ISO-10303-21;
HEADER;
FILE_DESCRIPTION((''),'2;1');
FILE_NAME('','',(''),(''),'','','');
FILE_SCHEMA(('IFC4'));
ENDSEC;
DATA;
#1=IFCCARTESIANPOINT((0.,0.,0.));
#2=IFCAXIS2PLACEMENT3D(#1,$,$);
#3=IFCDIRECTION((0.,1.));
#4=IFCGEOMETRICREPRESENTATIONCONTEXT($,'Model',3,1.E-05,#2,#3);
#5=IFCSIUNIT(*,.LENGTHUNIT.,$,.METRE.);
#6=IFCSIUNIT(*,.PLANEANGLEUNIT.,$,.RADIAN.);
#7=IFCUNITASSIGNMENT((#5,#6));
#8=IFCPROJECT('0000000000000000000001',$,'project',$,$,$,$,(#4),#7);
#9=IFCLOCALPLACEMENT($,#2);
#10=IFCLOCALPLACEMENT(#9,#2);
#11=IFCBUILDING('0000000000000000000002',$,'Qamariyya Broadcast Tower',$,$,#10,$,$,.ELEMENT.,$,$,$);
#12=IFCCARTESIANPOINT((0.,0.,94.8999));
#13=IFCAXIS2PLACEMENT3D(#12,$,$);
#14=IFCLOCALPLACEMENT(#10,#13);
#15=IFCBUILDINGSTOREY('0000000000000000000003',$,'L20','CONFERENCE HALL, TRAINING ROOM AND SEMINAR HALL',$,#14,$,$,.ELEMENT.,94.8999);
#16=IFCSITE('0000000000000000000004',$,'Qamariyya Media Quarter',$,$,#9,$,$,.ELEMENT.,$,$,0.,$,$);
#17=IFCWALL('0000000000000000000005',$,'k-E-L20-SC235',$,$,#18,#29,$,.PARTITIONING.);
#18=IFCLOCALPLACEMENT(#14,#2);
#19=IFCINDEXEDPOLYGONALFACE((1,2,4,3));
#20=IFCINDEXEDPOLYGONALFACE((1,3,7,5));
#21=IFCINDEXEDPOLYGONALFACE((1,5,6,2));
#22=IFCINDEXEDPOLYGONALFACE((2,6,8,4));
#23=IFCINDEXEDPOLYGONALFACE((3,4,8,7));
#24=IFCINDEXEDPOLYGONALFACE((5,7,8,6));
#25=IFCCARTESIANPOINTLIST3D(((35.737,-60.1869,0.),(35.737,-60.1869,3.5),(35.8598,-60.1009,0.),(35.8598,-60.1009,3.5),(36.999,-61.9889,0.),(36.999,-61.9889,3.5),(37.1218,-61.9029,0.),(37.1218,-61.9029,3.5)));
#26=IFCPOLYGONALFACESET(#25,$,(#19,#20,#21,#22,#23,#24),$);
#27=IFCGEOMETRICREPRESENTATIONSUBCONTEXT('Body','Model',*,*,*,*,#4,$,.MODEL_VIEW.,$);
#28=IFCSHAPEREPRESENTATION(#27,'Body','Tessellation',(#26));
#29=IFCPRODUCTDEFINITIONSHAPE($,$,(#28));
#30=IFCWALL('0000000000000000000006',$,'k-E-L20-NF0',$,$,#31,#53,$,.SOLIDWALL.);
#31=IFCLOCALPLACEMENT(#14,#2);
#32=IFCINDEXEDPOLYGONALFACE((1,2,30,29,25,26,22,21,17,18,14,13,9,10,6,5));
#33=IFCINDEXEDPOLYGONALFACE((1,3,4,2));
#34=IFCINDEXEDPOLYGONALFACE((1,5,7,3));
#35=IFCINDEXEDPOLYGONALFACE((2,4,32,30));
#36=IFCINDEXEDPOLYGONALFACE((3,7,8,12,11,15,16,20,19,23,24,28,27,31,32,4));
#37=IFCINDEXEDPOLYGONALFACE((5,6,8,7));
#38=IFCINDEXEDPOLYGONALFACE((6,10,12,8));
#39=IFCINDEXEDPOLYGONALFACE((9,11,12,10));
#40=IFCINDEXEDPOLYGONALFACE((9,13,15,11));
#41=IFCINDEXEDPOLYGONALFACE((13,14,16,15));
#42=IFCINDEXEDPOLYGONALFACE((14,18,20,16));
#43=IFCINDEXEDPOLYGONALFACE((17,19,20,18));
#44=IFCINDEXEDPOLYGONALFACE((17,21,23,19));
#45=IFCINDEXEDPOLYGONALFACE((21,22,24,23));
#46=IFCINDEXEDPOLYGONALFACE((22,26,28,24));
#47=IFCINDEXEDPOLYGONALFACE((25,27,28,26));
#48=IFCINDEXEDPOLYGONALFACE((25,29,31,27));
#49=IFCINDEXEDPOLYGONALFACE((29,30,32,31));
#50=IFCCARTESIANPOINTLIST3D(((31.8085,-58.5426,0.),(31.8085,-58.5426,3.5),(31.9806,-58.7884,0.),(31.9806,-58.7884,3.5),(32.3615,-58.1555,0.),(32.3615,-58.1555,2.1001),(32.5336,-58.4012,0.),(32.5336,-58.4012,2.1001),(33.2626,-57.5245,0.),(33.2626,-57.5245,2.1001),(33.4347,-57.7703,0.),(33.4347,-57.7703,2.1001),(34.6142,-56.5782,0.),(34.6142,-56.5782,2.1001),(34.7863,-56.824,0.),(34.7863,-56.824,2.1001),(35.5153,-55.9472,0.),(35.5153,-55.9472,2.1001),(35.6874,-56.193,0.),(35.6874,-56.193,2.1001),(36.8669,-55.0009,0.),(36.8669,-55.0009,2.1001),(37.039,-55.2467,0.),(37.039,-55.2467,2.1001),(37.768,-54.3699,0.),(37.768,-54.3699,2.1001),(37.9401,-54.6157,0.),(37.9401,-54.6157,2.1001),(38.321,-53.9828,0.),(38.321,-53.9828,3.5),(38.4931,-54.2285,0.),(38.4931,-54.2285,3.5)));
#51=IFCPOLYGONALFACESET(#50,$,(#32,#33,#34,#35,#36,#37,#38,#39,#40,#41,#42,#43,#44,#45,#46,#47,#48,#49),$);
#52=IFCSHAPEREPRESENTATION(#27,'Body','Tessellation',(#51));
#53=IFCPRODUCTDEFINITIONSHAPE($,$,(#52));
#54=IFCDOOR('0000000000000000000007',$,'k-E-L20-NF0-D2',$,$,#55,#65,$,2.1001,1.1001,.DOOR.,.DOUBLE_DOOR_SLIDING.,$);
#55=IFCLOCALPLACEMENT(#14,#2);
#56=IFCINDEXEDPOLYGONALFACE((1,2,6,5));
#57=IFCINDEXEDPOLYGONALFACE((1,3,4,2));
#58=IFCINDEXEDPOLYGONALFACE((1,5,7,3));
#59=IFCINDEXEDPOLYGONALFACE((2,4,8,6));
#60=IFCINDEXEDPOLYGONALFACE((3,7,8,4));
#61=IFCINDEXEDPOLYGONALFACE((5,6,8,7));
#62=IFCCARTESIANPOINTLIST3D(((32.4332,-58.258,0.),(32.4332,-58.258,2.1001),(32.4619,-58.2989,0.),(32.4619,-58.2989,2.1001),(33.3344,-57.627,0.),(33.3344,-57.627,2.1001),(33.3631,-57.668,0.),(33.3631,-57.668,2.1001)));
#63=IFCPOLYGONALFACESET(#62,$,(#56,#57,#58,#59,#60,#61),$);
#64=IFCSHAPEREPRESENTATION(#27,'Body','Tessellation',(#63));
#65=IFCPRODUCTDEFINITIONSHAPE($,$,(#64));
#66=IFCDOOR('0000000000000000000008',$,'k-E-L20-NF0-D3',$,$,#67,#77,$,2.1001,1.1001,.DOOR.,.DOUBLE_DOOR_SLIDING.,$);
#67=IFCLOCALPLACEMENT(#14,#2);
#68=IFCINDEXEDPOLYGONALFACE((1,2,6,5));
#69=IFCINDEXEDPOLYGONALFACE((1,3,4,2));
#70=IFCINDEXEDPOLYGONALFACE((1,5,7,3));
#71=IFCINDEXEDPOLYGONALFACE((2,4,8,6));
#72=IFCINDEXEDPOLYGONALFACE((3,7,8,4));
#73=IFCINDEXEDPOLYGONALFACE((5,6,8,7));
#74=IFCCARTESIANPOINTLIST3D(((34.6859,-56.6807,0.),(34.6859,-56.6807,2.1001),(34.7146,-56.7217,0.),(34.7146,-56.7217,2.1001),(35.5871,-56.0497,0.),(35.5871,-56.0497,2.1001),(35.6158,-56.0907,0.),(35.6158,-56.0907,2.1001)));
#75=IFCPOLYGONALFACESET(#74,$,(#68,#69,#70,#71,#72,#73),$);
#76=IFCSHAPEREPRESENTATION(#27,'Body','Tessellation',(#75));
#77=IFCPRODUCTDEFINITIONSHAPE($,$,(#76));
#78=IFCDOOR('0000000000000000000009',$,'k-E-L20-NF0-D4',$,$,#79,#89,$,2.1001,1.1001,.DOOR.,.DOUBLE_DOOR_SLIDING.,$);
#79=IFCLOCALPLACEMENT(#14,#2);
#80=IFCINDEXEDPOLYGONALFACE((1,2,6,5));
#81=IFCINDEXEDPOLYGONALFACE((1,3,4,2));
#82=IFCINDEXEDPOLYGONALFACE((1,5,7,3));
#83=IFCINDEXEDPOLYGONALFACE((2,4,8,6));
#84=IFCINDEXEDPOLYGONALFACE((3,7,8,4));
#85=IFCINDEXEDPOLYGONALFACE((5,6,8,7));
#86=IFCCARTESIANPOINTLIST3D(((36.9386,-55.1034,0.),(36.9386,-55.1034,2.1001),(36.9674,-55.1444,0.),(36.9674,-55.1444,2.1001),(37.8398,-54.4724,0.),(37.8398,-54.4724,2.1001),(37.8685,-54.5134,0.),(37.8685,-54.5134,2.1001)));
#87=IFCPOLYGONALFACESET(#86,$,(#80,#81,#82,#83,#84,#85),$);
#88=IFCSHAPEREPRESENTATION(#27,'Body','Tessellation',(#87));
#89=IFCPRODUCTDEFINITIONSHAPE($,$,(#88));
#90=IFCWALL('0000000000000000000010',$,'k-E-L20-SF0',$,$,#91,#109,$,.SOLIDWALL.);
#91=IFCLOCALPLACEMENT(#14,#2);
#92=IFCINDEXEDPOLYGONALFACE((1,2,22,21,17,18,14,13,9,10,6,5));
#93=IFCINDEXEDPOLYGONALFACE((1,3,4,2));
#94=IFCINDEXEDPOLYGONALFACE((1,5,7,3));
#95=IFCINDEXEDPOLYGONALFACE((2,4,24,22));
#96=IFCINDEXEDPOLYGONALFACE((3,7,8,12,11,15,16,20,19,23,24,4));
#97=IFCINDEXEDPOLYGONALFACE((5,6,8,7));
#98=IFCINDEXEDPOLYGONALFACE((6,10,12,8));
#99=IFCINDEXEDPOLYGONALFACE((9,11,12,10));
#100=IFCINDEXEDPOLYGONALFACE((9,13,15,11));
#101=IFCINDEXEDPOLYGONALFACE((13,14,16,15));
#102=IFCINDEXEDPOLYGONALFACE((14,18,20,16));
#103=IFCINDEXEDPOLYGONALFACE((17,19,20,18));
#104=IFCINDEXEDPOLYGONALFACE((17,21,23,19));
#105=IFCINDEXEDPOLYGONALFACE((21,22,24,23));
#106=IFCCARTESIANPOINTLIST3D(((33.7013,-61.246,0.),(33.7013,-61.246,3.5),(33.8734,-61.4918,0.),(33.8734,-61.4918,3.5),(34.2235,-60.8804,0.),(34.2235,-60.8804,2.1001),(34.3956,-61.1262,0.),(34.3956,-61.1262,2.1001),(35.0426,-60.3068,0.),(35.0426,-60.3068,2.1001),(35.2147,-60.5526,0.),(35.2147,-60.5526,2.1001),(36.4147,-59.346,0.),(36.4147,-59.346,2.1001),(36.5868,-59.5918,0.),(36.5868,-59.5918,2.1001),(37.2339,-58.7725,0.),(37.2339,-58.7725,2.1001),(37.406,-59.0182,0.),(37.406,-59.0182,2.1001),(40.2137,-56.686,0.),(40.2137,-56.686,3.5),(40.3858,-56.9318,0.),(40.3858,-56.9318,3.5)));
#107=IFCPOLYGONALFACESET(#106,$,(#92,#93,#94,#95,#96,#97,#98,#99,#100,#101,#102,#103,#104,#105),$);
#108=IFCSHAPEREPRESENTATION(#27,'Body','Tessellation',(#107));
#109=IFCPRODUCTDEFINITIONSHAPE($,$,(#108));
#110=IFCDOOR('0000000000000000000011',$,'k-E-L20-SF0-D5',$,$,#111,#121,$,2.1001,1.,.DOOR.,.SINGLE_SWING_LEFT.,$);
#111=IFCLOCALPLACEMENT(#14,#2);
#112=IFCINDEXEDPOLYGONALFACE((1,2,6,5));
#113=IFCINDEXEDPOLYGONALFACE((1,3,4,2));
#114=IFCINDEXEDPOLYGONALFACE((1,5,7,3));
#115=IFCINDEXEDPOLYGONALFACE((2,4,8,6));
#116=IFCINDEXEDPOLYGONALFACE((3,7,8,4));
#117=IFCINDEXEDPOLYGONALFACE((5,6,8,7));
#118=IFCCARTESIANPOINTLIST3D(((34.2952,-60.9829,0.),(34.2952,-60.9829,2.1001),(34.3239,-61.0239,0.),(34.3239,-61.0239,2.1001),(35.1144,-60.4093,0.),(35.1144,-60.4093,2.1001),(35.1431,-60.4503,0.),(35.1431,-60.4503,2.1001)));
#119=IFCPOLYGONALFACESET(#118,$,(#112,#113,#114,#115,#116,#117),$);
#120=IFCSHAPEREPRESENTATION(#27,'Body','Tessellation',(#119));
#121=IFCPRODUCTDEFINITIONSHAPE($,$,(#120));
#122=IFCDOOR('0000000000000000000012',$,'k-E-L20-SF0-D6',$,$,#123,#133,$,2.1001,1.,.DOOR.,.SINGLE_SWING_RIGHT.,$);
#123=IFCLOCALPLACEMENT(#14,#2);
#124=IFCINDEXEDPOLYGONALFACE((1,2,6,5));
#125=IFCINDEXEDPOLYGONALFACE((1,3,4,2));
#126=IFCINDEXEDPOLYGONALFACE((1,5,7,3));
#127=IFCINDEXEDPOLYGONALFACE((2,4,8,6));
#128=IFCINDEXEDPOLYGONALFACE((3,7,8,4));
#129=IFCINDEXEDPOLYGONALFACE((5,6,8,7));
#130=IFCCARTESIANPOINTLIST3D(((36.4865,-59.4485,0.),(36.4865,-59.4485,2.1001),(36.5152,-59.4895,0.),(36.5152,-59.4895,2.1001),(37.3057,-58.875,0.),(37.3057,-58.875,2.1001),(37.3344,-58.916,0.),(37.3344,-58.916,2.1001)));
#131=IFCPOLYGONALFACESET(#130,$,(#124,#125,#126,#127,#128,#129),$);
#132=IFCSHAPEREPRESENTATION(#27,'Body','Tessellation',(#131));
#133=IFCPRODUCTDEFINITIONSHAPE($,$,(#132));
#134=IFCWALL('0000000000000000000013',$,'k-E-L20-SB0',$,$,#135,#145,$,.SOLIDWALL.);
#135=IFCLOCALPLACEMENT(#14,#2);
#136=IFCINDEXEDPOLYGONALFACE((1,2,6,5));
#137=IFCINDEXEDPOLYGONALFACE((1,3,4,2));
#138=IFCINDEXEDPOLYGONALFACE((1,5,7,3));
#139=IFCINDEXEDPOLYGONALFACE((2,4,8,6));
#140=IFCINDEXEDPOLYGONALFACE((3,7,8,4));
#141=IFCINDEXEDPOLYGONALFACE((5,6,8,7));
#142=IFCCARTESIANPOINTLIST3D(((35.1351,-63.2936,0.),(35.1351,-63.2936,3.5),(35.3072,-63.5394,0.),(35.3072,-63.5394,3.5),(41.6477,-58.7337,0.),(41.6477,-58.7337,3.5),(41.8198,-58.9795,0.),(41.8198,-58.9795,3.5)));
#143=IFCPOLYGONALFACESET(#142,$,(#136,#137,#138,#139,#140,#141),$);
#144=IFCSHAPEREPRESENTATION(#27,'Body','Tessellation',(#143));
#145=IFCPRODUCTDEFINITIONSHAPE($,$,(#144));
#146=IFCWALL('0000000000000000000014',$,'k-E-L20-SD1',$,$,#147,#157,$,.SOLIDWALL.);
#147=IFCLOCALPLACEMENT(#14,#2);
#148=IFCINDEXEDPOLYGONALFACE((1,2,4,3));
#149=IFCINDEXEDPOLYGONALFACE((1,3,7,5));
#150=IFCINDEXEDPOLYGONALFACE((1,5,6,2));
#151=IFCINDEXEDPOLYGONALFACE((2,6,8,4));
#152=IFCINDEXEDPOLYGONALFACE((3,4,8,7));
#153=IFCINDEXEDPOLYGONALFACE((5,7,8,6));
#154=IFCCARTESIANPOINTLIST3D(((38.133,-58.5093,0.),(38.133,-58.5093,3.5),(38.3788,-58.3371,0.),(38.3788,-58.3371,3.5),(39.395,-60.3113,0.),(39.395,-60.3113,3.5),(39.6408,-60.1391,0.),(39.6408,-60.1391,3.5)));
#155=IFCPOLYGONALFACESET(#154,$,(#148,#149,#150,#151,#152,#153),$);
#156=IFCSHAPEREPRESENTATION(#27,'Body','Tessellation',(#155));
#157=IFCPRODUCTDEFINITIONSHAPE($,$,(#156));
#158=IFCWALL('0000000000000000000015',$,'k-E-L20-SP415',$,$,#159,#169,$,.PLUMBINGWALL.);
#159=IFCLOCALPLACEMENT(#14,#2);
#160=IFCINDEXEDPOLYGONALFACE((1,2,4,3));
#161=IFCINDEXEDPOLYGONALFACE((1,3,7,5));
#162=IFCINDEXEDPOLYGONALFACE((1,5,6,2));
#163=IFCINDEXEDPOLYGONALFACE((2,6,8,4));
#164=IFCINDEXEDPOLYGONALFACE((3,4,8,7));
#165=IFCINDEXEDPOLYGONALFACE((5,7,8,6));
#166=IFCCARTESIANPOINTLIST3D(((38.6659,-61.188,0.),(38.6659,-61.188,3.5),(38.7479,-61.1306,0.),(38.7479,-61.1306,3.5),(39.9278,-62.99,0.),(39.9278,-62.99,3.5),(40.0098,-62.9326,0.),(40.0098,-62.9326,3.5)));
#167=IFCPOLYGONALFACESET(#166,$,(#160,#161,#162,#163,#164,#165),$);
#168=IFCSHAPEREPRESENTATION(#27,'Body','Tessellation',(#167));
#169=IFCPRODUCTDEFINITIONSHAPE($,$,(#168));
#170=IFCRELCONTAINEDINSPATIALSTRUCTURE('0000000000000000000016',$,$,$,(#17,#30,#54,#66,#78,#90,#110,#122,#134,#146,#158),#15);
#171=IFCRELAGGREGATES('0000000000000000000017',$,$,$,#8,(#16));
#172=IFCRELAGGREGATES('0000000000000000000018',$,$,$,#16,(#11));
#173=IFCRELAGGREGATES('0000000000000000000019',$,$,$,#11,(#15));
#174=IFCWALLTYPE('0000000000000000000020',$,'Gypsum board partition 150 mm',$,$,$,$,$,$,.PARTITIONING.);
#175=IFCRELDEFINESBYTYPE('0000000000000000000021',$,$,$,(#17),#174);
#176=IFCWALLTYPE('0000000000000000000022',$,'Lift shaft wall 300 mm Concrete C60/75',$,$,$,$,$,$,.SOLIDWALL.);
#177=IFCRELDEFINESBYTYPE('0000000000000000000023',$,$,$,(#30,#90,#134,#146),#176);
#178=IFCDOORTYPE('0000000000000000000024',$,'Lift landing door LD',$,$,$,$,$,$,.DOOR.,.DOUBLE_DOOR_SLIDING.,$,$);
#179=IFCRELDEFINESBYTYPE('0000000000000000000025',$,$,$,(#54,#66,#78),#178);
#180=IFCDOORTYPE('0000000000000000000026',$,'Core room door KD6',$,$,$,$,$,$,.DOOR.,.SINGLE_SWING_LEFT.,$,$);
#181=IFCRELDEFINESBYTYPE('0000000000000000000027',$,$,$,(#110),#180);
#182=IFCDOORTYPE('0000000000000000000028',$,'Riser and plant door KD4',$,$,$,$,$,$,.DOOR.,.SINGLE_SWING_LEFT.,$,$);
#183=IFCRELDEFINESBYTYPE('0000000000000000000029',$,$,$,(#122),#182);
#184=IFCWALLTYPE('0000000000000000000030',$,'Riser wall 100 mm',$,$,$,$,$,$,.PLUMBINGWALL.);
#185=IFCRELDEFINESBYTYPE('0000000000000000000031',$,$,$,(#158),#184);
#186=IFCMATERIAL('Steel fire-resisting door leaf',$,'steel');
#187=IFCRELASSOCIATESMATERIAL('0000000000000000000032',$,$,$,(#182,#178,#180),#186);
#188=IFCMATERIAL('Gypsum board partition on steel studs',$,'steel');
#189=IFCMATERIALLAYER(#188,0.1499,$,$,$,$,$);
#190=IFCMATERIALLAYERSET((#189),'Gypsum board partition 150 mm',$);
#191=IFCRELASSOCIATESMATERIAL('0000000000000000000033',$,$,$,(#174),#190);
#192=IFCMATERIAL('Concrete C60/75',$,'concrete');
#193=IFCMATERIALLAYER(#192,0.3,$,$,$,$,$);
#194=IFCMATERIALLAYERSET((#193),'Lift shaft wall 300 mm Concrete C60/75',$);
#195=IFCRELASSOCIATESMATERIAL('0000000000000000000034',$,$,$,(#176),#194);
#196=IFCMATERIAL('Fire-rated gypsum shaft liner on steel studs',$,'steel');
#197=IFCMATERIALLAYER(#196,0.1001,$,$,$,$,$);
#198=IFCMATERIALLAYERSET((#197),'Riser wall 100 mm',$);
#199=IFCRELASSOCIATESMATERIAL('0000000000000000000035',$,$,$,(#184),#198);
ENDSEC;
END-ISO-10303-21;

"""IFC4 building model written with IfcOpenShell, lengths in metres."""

from ifc_helpers import new_model, si_unit, direction, frame, frame_2d, origin, place, context, subcontext, project, spatial, rectangle, extrude, material, layer, layer_set, type_object, element, fill, save


model = new_model("IFC4")

# Units and contexts
model_context = context("Model", 3, precision=1e-05, world=origin(), true_north=direction((0.0, 1.0)))
body_context = subcontext(model_context, "Body", "Model", "MODEL_VIEW")
ifc_project = project(units=[si_unit("LENGTHUNIT", "METRE"), si_unit("PLANEANGLEUNIT", "RADIAN")], contexts=[model_context])

# Site, building, storey
site_placement = place(None, origin())
site = spatial("IfcSite", under=ifc_project, at=site_placement, Name="Qamariyya Media Quarter", CompositionType="ELEMENT", RefElevation=0.0)
building_placement = place(site_placement, origin())
building = spatial("IfcBuilding", under=site, at=building_placement, Name="Qamariyya Broadcast Tower", CompositionType="ELEMENT")
storey_placement = place(building_placement, frame((0.0, 0.0, 94.8999)))
storey = spatial("IfcBuildingStorey", under=building, at=storey_placement, Name="L20", Description="CONFERENCE HALL, TRAINING ROOM AND SEMINAR HALL", CompositionType="ELEMENT", Elevation=94.8999)

# Shared definitions
ifc_material_1 = material(Name="Steel fire-resisting door leaf", Category="steel")

# Shared definitions
door_type_1 = type_object("IfcDoorType", Name="Riser and plant door KD4", OperationType="SINGLE_SWING_LEFT", PredefinedType="DOOR", material=ifc_material_1)

# Wall
ifc_material_2 = material(Name="Gypsum board partition on steel studs", Category="steel")
ifc_layer_1 = layer(ifc_material_2, 0.1499)
ifc_layer_set_1 = layer_set([ifc_layer_1], Name="Gypsum board partition 150 mm")
wall_type_1 = type_object("IfcWallType", Name="Gypsum board partition 150 mm", PredefinedType="PARTITIONING", material=ifc_layer_set_1)
wall_1_placement = place(storey_placement, frame((35.7983, -60.1438, 0.0), z_axis=(0.0, 0.0, 1.0), x_axis=(0.573634, -0.819112, 0.0)))
element("IfcWall", 1, at=wall_1_placement, inside=storey, type_object=wall_type_1, Name="k-E-L20-SC235", PredefinedType="PARTITIONING", context=body_context, shape_type="SweptSolid", body=[
    extrude(rectangle(XDim=2.2, YDim=0.1499, at=frame_2d((1.1001, 0.0))), origin(), (0.0, 0.0, 1.0), 3.5),
])

# Walls, openings, doors
ifc_material_3 = material(Name="Concrete C60/75", Category="concrete")
ifc_layer_2 = layer(ifc_material_3, 0.3)
ifc_layer_set_2 = layer_set([ifc_layer_2], Name="Lift shaft wall 300 mm Concrete C60/75")
wall_type_2 = type_object("IfcWallType", Name="Lift shaft wall 300 mm Concrete C60/75", PredefinedType="SOLIDWALL", material=ifc_layer_set_2)
wall_2_placement = place(storey_placement, frame((31.8945, -58.6655, 0.0), z_axis=(0.0, 0.0, 1.0), x_axis=(0.819167, 0.573555, 0.0)))
wall_2 = element("IfcWall", 2, at=wall_2_placement, inside=storey, type_object=wall_type_2, Name="k-E-L20-NF0", PredefinedType="SOLIDWALL", context=body_context, shape_type="SweptSolid", body=[
    extrude(rectangle(XDim=7.9502, YDim=0.3, at=frame_2d((3.9751, 0.0))), origin(), (0.0, 0.0, 1.0), 3.5),
])
opening_1_placement = place(wall_2_placement, frame((0.675, 0.0, 0.0)))
opening_1 = element("IfcOpeningElement", 3, at=opening_1_placement, cuts=wall_2, PredefinedType="OPENING", context=body_context, shape_type="SweptSolid", body=[
    extrude(rectangle(XDim=1.1001, YDim=2.1001, at=frame_2d((0.55, 1.05))), frame((0.0, 0.1599, 0.0), z_axis=(0.0, -1.0, 0.0), x_axis=(1.0, 0.0, 0.0)), (0.0, 0.0, 1.0), 0.3201),
])
opening_2_placement = place(wall_2_placement, frame((3.425, 0.0, 0.0)))
opening_2 = element("IfcOpeningElement", 4, at=opening_2_placement, cuts=wall_2, PredefinedType="OPENING", context=body_context, shape_type="SweptSolid", body=[
    extrude(rectangle(XDim=1.1001, YDim=2.1001, at=frame_2d((0.55, 1.05))), frame((0.0, 0.1599, 0.0), z_axis=(0.0, -1.0, 0.0), x_axis=(1.0, 0.0, 0.0)), (0.0, 0.0, 1.0), 0.3201),
])
opening_3_placement = place(wall_2_placement, frame((6.175, 0.0, 0.0)))
opening_3 = element("IfcOpeningElement", 5, at=opening_3_placement, cuts=wall_2, PredefinedType="OPENING", context=body_context, shape_type="SweptSolid", body=[
    extrude(rectangle(XDim=1.1001, YDim=2.1001, at=frame_2d((0.55, 1.05))), frame((0.0, 0.1599, 0.0), z_axis=(0.0, -1.0, 0.0), x_axis=(1.0, 0.0, 0.0)), (0.0, 0.0, 1.0), 0.3201),
])
door_type_2 = type_object("IfcDoorType", Name="Lift landing door LD", OperationType="DOUBLE_DOOR_SLIDING", PredefinedType="DOOR", material=ifc_material_1)
door_1_placement = place(opening_1_placement, origin())
door_1 = element("IfcDoor", 6, at=door_1_placement, inside=storey, type_object=door_type_2, Name="k-E-L20-NF0-D2", OperationType="DOUBLE_DOOR_SLIDING", OverallHeight=2.1001, OverallWidth=1.1001, PredefinedType="DOOR", context=body_context, shape_type="SweptSolid", body=[
    extrude(rectangle(XDim=1.1001, YDim=2.1001, at=frame_2d((0.55, 1.05))), frame((0.0, 0.0249, 0.0), z_axis=(0.0, -1.0, 0.0), x_axis=(1.0, 0.0, 0.0)), (0.0, 0.0, 1.0), 0.05),
])
fill(opening_1, door_1)
door_2_placement = place(opening_2_placement, origin())
door_2 = element("IfcDoor", 7, at=door_2_placement, inside=storey, type_object=door_type_2, Name="k-E-L20-NF0-D3", OperationType="DOUBLE_DOOR_SLIDING", OverallHeight=2.1001, OverallWidth=1.1001, PredefinedType="DOOR", context=body_context, shape_type="SweptSolid", body=[
    extrude(rectangle(XDim=1.1001, YDim=2.1001, at=frame_2d((0.55, 1.05))), frame((0.0, 0.0249, 0.0), z_axis=(0.0, -1.0, 0.0), x_axis=(1.0, 0.0, 0.0)), (0.0, 0.0, 1.0), 0.05),
])
fill(opening_2, door_2)
door_3_placement = place(opening_3_placement, origin())
door_3 = element("IfcDoor", 8, at=door_3_placement, inside=storey, type_object=door_type_2, Name="k-E-L20-NF0-D4", OperationType="DOUBLE_DOOR_SLIDING", OverallHeight=2.1001, OverallWidth=1.1001, PredefinedType="DOOR", context=body_context, shape_type="SweptSolid", body=[
    extrude(rectangle(XDim=1.1001, YDim=2.1001, at=frame_2d((0.55, 1.05))), frame((0.0, 0.0249, 0.0), z_axis=(0.0, -1.0, 0.0), x_axis=(1.0, 0.0, 0.0)), (0.0, 0.0, 1.0), 0.05),
])
fill(opening_3, door_3)
wall_3_placement = place(storey_placement, frame((33.7874, -61.3689, 0.0), z_axis=(0.0, 0.0, 1.0), x_axis=(0.819153, 0.573576, 0.0)))
wall_3 = element("IfcWall", 9, at=wall_3_placement, inside=storey, type_object=wall_type_2, Name="k-E-L20-SF0", PredefinedType="SOLIDWALL", context=body_context, shape_type="SweptSolid", body=[
    extrude(rectangle(XDim=7.9502, YDim=0.3, at=frame_2d((3.9751, 0.0))), origin(), (0.0, 0.0, 1.0), 3.5),
])
opening_4_placement = place(wall_3_placement, frame((0.6375, 0.0, 0.0)))
opening_4 = element("IfcOpeningElement", 10, at=opening_4_placement, cuts=wall_3, PredefinedType="OPENING", context=body_context, shape_type="SweptSolid", body=[
    extrude(rectangle(XDim=1.0, YDim=2.1001, at=frame_2d((0.5, 1.05))), frame((0.0, 0.1599, 0.0), z_axis=(0.0, -1.0, 0.0), x_axis=(1.0, 0.0, 0.0)), (0.0, 0.0, 1.0), 0.3201),
])
opening_5_placement = place(wall_3_placement, frame((3.3125, 0.0, 0.0)))
opening_5 = element("IfcOpeningElement", 11, at=opening_5_placement, cuts=wall_3, PredefinedType="OPENING", context=body_context, shape_type="SweptSolid", body=[
    extrude(rectangle(XDim=1.0, YDim=2.1001, at=frame_2d((0.5, 1.05))), frame((0.0, 0.1599, 0.0), z_axis=(0.0, -1.0, 0.0), x_axis=(1.0, 0.0, 0.0)), (0.0, 0.0, 1.0), 0.3201),
])
door_type_3 = type_object("IfcDoorType", Name="Core room door KD6", OperationType="SINGLE_SWING_LEFT", PredefinedType="DOOR", material=ifc_material_1)
door_4_placement = place(opening_4_placement, origin())
door_4 = element("IfcDoor", 12, at=door_4_placement, inside=storey, type_object=door_type_3, Name="k-E-L20-SF0-D5", OperationType="SINGLE_SWING_LEFT", OverallHeight=2.1001, OverallWidth=1.0, PredefinedType="DOOR", context=body_context, shape_type="SweptSolid", body=[
    extrude(rectangle(XDim=1.0, YDim=2.1001, at=frame_2d((0.5, 1.05))), frame((0.0, 0.0249, 0.0), z_axis=(0.0, -1.0, 0.0), x_axis=(1.0, 0.0, 0.0)), (0.0, 0.0, 1.0), 0.05),
])
fill(opening_4, door_4)
door_5_placement = place(opening_5_placement, origin())
door_5 = element("IfcDoor", 13, at=door_5_placement, inside=storey, type_object=door_type_1, Name="k-E-L20-SF0-D6", OperationType="SINGLE_SWING_RIGHT", OverallHeight=2.1001, OverallWidth=1.0, PredefinedType="DOOR", context=body_context, shape_type="SweptSolid", body=[
    extrude(rectangle(XDim=1.0, YDim=2.1001, at=frame_2d((0.5, 1.05))), frame((0.0, 0.0249, 0.0), z_axis=(0.0, -1.0, 0.0), x_axis=(1.0, 0.0, 0.0)), (0.0, 0.0, 1.0), 0.05),
])
fill(opening_5, door_5)

# Walls
wall_4_placement = place(storey_placement, frame((35.2212, -63.4165, 0.0), z_axis=(0.0, 0.0, 1.0), x_axis=(0.819167, 0.573555, 0.0)))
element("IfcWall", 14, at=wall_4_placement, inside=storey, type_object=wall_type_2, Name="k-E-L20-SB0", PredefinedType="SOLIDWALL", context=body_context, shape_type="SweptSolid", body=[
    extrude(rectangle(XDim=7.9502, YDim=0.3, at=frame_2d((3.9751, 0.0))), origin(), (0.0, 0.0, 1.0), 3.5),
])
wall_5_placement = place(storey_placement, frame((38.2559, -58.4231, 0.0), z_axis=(0.0, 0.0, 1.0), x_axis=(0.573634, -0.819112, 0.0)))
element("IfcWall", 15, at=wall_5_placement, inside=storey, type_object=wall_type_2, Name="k-E-L20-SD1", PredefinedType="SOLIDWALL", context=body_context, shape_type="SweptSolid", body=[
    extrude(rectangle(XDim=2.2, YDim=0.3, at=frame_2d((1.1001, 0.0))), origin(), (0.0, 0.0, 1.0), 3.5),
])
ifc_material_4 = material(Name="Fire-rated gypsum shaft liner on steel studs", Category="steel")
ifc_layer_3 = layer(ifc_material_4, 0.1001)
ifc_layer_set_3 = layer_set([ifc_layer_3], Name="Riser wall 100 mm")
wall_type_3 = type_object("IfcWallType", Name="Riser wall 100 mm", PredefinedType="PLUMBINGWALL", material=ifc_layer_set_3)
wall_6_placement = place(storey_placement, frame((38.7068, -61.1592, 0.0), z_axis=(0.0, 0.0, 1.0), x_axis=(0.573634, -0.819112, 0.0)))
element("IfcWall", 16, at=wall_6_placement, inside=storey, type_object=wall_type_3, Name="k-E-L20-SP415", PredefinedType="PLUMBINGWALL", context=body_context, shape_type="SweptSolid", body=[
    extrude(rectangle(XDim=2.2, YDim=0.1001, at=frame_2d((1.1001, 0.0))), origin(), (0.0, 0.0, 1.0), 3.5),
])

save(model, "model.ifc")
